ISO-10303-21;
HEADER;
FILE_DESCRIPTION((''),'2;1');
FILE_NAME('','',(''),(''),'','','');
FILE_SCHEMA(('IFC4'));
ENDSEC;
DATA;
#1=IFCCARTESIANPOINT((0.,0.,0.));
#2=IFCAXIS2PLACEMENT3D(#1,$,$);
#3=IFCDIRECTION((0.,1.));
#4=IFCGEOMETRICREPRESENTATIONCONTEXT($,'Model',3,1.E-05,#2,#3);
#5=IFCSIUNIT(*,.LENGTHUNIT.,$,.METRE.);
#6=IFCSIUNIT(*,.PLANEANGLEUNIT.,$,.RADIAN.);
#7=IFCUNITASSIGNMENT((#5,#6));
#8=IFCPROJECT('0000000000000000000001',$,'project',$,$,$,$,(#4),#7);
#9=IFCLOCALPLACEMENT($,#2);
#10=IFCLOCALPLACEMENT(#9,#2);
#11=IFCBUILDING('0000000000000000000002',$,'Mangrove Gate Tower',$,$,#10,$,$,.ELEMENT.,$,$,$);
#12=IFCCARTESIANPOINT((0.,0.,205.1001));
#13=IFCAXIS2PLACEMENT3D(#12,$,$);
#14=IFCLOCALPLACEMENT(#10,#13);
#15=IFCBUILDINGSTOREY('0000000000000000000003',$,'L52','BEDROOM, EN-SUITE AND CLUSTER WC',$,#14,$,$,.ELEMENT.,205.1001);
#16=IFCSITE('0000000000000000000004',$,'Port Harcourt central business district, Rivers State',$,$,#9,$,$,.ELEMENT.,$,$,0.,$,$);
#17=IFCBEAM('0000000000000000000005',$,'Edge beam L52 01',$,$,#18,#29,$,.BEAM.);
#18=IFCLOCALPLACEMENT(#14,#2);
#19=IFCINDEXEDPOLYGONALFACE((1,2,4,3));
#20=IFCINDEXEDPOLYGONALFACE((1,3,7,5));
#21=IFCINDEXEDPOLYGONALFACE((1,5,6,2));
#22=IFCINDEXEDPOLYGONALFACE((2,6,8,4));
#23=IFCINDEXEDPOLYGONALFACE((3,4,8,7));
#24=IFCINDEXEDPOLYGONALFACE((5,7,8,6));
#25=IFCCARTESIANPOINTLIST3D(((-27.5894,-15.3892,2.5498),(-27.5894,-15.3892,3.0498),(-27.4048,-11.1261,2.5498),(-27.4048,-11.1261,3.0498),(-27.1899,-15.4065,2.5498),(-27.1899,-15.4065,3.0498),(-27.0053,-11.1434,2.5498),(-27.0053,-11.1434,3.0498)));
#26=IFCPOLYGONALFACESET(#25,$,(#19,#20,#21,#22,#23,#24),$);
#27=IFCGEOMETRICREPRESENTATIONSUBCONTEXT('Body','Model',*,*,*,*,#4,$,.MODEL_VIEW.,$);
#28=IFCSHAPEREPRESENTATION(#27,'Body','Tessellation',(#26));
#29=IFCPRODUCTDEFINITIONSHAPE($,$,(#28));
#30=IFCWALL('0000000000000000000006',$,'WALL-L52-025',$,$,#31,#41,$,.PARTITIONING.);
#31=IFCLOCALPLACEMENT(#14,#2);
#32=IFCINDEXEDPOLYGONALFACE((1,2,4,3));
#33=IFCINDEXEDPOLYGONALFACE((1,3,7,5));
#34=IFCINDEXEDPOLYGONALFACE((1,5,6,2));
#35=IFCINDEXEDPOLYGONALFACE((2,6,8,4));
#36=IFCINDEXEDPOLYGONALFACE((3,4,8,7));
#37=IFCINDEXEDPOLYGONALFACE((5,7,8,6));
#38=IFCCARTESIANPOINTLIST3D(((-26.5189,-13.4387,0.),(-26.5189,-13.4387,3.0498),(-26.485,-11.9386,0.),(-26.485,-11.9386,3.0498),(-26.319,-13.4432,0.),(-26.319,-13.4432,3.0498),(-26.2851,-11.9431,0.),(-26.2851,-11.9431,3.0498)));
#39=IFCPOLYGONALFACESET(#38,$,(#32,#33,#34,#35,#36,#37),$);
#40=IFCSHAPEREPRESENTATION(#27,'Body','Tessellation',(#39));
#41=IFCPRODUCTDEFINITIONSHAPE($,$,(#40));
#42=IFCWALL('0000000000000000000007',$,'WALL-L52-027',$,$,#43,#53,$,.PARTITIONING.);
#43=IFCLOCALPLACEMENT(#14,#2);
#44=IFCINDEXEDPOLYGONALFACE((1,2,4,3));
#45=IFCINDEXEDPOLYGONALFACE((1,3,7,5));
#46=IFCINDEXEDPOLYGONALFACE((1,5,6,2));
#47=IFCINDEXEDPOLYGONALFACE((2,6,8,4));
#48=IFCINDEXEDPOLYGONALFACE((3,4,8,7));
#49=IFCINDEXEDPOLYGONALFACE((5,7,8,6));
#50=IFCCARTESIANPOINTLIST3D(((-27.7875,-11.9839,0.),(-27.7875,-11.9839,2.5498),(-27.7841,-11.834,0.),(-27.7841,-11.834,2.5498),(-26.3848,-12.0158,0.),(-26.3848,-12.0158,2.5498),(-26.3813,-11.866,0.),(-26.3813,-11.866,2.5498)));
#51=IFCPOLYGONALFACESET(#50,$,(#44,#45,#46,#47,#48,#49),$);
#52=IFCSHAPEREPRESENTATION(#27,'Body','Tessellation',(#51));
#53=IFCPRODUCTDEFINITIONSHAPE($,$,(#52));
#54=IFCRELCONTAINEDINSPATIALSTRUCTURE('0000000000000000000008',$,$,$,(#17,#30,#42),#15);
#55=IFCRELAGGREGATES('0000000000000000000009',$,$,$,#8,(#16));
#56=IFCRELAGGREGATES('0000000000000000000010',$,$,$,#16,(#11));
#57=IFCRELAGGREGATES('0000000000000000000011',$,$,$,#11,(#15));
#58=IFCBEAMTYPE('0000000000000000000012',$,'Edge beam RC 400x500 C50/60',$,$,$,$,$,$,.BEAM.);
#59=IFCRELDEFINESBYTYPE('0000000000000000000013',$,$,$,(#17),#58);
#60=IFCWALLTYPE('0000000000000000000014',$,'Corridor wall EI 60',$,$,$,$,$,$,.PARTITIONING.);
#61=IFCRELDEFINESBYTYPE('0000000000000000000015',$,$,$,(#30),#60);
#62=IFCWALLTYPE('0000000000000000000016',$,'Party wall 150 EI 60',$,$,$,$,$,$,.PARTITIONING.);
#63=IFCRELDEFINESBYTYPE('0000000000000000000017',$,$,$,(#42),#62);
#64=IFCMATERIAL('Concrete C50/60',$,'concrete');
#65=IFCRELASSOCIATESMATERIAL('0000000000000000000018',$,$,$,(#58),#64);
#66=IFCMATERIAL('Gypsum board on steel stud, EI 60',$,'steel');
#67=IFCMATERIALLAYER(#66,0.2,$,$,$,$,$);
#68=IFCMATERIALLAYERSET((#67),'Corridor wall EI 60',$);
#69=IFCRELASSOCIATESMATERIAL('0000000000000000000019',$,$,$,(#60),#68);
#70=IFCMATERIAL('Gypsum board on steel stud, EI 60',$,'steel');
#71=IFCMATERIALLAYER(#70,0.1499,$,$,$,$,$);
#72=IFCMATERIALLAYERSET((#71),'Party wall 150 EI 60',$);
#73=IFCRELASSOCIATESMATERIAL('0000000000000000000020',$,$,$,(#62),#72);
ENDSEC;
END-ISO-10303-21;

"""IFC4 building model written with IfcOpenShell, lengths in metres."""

from ifc_helpers import new_model, si_unit, direction, frame, frame_2d, origin, origin_2d, place, context, subcontext, project, spatial, rectangle, extrude, material, layer, layer_set, material_profile, profile_set, type_object, element, save


model = new_model("IFC4")

# Units and contexts
model_context = context("Model", 3, precision=1e-05, world=origin(), true_north=direction((0.0, 1.0)))
body_context = subcontext(model_context, "Body", "Model", "MODEL_VIEW")
ifc_project = project(units=[si_unit("LENGTHUNIT", "METRE"), si_unit("PLANEANGLEUNIT", "RADIAN")], contexts=[model_context])

# Site, building, storey
site_placement = place(None, origin())
site = spatial("IfcSite", under=ifc_project, at=site_placement, Name="Port Harcourt central business district, Rivers State", CompositionType="ELEMENT", RefElevation=0.0)
building_placement = place(site_placement, origin())
building = spatial("IfcBuilding", under=site, at=building_placement, Name="Mangrove Gate Tower", CompositionType="ELEMENT")
storey_placement = place(building_placement, frame((0.0, 0.0, 205.1001)))
storey = spatial("IfcBuildingStorey", under=building, at=storey_placement, Name="L52", Description="BEDROOM, EN-SUITE AND CLUSTER WC", CompositionType="ELEMENT", Elevation=205.1001)

# Beam
ifc_material_1 = material(Name="Concrete C50/60", Category="concrete")
ifc_material_profile = material_profile(ifc_material_1, rectangle(XDim=0.3999, YDim=0.5, at=origin_2d()))
ifc_profile_set = profile_set([ifc_material_profile], Name="Concrete C50/60")
beam_type = type_object("IfcBeamType", Name="Edge beam RC 400x500 C50/60", PredefinedType="BEAM", material=ifc_profile_set)
beam_placement = place(storey_placement, frame((-27.2051, -11.1348, 2.7998), z_axis=(-0.043253, -0.999064, 0.0), x_axis=(0.999064, -0.043253, 0.0)))
element("IfcBeam", 1, at=beam_placement, inside=storey, type_object=beam_type, Name="Edge beam L52 01", PredefinedType="BEAM", context=body_context, shape_type="SweptSolid", body=[
    extrude(rectangle(XDim=0.3999, YDim=0.5, at=origin_2d()), origin(), (0.0, 0.0, 1.0), 4.2671),
])

# Shared definitions
ifc_material_2 = material(Name="Gypsum board on steel stud, EI 60", Category="steel")
ifc_layer_1 = layer(ifc_material_2, 0.2)
ifc_layer_set_1 = layer_set([ifc_layer_1], Name="Corridor wall EI 60")
wall_type_1 = type_object("IfcWallType", Name="Corridor wall EI 60", PredefinedType="PARTITIONING", material=ifc_layer_set_1)

# Walls
wall_1_placement = place(storey_placement, frame((-26.4189, -13.4409, 0.0), z_axis=(0.0, 0.0, 1.0), x_axis=(0.022618, 0.999744, 0.0)))
element("IfcWall", 2, at=wall_1_placement, inside=storey, type_object=wall_type_1, Name="WALL-L52-025", PredefinedType="PARTITIONING", context=body_context, shape_type="SweptSolid", body=[
    extrude(rectangle(XDim=1.5005, YDim=0.2, at=frame_2d((0.7502, 0.0))), origin(), (0.0, 0.0, 1.0), 3.0498),
])
ifc_material_3 = material(Name="Gypsum board on steel stud, EI 60", Category="steel")
ifc_layer_2 = layer(ifc_material_3, 0.1499)
ifc_layer_set_2 = layer_set([ifc_layer_2], Name="Party wall 150 EI 60")
wall_type_2 = type_object("IfcWallType", Name="Party wall 150 EI 60", PredefinedType="PARTITIONING", material=ifc_layer_set_2)
wall_2_placement = place(storey_placement, frame((-27.7859, -11.9089, 0.0), z_axis=(0.0, 0.0, 1.0), x_axis=(0.99974, -0.022793, 0.0)))
element("IfcWall", 3, at=wall_2_placement, inside=storey, type_object=wall_type_2, Name="WALL-L52-027", PredefinedType="PARTITIONING", context=body_context, shape_type="SweptSolid", body=[
    extrude(rectangle(XDim=1.4031, YDim=0.1499, at=frame_2d((0.7017, 0.0))), origin(), (0.0, 0.0, 1.0), 2.5498),
])

save(model, "model.ifc")
